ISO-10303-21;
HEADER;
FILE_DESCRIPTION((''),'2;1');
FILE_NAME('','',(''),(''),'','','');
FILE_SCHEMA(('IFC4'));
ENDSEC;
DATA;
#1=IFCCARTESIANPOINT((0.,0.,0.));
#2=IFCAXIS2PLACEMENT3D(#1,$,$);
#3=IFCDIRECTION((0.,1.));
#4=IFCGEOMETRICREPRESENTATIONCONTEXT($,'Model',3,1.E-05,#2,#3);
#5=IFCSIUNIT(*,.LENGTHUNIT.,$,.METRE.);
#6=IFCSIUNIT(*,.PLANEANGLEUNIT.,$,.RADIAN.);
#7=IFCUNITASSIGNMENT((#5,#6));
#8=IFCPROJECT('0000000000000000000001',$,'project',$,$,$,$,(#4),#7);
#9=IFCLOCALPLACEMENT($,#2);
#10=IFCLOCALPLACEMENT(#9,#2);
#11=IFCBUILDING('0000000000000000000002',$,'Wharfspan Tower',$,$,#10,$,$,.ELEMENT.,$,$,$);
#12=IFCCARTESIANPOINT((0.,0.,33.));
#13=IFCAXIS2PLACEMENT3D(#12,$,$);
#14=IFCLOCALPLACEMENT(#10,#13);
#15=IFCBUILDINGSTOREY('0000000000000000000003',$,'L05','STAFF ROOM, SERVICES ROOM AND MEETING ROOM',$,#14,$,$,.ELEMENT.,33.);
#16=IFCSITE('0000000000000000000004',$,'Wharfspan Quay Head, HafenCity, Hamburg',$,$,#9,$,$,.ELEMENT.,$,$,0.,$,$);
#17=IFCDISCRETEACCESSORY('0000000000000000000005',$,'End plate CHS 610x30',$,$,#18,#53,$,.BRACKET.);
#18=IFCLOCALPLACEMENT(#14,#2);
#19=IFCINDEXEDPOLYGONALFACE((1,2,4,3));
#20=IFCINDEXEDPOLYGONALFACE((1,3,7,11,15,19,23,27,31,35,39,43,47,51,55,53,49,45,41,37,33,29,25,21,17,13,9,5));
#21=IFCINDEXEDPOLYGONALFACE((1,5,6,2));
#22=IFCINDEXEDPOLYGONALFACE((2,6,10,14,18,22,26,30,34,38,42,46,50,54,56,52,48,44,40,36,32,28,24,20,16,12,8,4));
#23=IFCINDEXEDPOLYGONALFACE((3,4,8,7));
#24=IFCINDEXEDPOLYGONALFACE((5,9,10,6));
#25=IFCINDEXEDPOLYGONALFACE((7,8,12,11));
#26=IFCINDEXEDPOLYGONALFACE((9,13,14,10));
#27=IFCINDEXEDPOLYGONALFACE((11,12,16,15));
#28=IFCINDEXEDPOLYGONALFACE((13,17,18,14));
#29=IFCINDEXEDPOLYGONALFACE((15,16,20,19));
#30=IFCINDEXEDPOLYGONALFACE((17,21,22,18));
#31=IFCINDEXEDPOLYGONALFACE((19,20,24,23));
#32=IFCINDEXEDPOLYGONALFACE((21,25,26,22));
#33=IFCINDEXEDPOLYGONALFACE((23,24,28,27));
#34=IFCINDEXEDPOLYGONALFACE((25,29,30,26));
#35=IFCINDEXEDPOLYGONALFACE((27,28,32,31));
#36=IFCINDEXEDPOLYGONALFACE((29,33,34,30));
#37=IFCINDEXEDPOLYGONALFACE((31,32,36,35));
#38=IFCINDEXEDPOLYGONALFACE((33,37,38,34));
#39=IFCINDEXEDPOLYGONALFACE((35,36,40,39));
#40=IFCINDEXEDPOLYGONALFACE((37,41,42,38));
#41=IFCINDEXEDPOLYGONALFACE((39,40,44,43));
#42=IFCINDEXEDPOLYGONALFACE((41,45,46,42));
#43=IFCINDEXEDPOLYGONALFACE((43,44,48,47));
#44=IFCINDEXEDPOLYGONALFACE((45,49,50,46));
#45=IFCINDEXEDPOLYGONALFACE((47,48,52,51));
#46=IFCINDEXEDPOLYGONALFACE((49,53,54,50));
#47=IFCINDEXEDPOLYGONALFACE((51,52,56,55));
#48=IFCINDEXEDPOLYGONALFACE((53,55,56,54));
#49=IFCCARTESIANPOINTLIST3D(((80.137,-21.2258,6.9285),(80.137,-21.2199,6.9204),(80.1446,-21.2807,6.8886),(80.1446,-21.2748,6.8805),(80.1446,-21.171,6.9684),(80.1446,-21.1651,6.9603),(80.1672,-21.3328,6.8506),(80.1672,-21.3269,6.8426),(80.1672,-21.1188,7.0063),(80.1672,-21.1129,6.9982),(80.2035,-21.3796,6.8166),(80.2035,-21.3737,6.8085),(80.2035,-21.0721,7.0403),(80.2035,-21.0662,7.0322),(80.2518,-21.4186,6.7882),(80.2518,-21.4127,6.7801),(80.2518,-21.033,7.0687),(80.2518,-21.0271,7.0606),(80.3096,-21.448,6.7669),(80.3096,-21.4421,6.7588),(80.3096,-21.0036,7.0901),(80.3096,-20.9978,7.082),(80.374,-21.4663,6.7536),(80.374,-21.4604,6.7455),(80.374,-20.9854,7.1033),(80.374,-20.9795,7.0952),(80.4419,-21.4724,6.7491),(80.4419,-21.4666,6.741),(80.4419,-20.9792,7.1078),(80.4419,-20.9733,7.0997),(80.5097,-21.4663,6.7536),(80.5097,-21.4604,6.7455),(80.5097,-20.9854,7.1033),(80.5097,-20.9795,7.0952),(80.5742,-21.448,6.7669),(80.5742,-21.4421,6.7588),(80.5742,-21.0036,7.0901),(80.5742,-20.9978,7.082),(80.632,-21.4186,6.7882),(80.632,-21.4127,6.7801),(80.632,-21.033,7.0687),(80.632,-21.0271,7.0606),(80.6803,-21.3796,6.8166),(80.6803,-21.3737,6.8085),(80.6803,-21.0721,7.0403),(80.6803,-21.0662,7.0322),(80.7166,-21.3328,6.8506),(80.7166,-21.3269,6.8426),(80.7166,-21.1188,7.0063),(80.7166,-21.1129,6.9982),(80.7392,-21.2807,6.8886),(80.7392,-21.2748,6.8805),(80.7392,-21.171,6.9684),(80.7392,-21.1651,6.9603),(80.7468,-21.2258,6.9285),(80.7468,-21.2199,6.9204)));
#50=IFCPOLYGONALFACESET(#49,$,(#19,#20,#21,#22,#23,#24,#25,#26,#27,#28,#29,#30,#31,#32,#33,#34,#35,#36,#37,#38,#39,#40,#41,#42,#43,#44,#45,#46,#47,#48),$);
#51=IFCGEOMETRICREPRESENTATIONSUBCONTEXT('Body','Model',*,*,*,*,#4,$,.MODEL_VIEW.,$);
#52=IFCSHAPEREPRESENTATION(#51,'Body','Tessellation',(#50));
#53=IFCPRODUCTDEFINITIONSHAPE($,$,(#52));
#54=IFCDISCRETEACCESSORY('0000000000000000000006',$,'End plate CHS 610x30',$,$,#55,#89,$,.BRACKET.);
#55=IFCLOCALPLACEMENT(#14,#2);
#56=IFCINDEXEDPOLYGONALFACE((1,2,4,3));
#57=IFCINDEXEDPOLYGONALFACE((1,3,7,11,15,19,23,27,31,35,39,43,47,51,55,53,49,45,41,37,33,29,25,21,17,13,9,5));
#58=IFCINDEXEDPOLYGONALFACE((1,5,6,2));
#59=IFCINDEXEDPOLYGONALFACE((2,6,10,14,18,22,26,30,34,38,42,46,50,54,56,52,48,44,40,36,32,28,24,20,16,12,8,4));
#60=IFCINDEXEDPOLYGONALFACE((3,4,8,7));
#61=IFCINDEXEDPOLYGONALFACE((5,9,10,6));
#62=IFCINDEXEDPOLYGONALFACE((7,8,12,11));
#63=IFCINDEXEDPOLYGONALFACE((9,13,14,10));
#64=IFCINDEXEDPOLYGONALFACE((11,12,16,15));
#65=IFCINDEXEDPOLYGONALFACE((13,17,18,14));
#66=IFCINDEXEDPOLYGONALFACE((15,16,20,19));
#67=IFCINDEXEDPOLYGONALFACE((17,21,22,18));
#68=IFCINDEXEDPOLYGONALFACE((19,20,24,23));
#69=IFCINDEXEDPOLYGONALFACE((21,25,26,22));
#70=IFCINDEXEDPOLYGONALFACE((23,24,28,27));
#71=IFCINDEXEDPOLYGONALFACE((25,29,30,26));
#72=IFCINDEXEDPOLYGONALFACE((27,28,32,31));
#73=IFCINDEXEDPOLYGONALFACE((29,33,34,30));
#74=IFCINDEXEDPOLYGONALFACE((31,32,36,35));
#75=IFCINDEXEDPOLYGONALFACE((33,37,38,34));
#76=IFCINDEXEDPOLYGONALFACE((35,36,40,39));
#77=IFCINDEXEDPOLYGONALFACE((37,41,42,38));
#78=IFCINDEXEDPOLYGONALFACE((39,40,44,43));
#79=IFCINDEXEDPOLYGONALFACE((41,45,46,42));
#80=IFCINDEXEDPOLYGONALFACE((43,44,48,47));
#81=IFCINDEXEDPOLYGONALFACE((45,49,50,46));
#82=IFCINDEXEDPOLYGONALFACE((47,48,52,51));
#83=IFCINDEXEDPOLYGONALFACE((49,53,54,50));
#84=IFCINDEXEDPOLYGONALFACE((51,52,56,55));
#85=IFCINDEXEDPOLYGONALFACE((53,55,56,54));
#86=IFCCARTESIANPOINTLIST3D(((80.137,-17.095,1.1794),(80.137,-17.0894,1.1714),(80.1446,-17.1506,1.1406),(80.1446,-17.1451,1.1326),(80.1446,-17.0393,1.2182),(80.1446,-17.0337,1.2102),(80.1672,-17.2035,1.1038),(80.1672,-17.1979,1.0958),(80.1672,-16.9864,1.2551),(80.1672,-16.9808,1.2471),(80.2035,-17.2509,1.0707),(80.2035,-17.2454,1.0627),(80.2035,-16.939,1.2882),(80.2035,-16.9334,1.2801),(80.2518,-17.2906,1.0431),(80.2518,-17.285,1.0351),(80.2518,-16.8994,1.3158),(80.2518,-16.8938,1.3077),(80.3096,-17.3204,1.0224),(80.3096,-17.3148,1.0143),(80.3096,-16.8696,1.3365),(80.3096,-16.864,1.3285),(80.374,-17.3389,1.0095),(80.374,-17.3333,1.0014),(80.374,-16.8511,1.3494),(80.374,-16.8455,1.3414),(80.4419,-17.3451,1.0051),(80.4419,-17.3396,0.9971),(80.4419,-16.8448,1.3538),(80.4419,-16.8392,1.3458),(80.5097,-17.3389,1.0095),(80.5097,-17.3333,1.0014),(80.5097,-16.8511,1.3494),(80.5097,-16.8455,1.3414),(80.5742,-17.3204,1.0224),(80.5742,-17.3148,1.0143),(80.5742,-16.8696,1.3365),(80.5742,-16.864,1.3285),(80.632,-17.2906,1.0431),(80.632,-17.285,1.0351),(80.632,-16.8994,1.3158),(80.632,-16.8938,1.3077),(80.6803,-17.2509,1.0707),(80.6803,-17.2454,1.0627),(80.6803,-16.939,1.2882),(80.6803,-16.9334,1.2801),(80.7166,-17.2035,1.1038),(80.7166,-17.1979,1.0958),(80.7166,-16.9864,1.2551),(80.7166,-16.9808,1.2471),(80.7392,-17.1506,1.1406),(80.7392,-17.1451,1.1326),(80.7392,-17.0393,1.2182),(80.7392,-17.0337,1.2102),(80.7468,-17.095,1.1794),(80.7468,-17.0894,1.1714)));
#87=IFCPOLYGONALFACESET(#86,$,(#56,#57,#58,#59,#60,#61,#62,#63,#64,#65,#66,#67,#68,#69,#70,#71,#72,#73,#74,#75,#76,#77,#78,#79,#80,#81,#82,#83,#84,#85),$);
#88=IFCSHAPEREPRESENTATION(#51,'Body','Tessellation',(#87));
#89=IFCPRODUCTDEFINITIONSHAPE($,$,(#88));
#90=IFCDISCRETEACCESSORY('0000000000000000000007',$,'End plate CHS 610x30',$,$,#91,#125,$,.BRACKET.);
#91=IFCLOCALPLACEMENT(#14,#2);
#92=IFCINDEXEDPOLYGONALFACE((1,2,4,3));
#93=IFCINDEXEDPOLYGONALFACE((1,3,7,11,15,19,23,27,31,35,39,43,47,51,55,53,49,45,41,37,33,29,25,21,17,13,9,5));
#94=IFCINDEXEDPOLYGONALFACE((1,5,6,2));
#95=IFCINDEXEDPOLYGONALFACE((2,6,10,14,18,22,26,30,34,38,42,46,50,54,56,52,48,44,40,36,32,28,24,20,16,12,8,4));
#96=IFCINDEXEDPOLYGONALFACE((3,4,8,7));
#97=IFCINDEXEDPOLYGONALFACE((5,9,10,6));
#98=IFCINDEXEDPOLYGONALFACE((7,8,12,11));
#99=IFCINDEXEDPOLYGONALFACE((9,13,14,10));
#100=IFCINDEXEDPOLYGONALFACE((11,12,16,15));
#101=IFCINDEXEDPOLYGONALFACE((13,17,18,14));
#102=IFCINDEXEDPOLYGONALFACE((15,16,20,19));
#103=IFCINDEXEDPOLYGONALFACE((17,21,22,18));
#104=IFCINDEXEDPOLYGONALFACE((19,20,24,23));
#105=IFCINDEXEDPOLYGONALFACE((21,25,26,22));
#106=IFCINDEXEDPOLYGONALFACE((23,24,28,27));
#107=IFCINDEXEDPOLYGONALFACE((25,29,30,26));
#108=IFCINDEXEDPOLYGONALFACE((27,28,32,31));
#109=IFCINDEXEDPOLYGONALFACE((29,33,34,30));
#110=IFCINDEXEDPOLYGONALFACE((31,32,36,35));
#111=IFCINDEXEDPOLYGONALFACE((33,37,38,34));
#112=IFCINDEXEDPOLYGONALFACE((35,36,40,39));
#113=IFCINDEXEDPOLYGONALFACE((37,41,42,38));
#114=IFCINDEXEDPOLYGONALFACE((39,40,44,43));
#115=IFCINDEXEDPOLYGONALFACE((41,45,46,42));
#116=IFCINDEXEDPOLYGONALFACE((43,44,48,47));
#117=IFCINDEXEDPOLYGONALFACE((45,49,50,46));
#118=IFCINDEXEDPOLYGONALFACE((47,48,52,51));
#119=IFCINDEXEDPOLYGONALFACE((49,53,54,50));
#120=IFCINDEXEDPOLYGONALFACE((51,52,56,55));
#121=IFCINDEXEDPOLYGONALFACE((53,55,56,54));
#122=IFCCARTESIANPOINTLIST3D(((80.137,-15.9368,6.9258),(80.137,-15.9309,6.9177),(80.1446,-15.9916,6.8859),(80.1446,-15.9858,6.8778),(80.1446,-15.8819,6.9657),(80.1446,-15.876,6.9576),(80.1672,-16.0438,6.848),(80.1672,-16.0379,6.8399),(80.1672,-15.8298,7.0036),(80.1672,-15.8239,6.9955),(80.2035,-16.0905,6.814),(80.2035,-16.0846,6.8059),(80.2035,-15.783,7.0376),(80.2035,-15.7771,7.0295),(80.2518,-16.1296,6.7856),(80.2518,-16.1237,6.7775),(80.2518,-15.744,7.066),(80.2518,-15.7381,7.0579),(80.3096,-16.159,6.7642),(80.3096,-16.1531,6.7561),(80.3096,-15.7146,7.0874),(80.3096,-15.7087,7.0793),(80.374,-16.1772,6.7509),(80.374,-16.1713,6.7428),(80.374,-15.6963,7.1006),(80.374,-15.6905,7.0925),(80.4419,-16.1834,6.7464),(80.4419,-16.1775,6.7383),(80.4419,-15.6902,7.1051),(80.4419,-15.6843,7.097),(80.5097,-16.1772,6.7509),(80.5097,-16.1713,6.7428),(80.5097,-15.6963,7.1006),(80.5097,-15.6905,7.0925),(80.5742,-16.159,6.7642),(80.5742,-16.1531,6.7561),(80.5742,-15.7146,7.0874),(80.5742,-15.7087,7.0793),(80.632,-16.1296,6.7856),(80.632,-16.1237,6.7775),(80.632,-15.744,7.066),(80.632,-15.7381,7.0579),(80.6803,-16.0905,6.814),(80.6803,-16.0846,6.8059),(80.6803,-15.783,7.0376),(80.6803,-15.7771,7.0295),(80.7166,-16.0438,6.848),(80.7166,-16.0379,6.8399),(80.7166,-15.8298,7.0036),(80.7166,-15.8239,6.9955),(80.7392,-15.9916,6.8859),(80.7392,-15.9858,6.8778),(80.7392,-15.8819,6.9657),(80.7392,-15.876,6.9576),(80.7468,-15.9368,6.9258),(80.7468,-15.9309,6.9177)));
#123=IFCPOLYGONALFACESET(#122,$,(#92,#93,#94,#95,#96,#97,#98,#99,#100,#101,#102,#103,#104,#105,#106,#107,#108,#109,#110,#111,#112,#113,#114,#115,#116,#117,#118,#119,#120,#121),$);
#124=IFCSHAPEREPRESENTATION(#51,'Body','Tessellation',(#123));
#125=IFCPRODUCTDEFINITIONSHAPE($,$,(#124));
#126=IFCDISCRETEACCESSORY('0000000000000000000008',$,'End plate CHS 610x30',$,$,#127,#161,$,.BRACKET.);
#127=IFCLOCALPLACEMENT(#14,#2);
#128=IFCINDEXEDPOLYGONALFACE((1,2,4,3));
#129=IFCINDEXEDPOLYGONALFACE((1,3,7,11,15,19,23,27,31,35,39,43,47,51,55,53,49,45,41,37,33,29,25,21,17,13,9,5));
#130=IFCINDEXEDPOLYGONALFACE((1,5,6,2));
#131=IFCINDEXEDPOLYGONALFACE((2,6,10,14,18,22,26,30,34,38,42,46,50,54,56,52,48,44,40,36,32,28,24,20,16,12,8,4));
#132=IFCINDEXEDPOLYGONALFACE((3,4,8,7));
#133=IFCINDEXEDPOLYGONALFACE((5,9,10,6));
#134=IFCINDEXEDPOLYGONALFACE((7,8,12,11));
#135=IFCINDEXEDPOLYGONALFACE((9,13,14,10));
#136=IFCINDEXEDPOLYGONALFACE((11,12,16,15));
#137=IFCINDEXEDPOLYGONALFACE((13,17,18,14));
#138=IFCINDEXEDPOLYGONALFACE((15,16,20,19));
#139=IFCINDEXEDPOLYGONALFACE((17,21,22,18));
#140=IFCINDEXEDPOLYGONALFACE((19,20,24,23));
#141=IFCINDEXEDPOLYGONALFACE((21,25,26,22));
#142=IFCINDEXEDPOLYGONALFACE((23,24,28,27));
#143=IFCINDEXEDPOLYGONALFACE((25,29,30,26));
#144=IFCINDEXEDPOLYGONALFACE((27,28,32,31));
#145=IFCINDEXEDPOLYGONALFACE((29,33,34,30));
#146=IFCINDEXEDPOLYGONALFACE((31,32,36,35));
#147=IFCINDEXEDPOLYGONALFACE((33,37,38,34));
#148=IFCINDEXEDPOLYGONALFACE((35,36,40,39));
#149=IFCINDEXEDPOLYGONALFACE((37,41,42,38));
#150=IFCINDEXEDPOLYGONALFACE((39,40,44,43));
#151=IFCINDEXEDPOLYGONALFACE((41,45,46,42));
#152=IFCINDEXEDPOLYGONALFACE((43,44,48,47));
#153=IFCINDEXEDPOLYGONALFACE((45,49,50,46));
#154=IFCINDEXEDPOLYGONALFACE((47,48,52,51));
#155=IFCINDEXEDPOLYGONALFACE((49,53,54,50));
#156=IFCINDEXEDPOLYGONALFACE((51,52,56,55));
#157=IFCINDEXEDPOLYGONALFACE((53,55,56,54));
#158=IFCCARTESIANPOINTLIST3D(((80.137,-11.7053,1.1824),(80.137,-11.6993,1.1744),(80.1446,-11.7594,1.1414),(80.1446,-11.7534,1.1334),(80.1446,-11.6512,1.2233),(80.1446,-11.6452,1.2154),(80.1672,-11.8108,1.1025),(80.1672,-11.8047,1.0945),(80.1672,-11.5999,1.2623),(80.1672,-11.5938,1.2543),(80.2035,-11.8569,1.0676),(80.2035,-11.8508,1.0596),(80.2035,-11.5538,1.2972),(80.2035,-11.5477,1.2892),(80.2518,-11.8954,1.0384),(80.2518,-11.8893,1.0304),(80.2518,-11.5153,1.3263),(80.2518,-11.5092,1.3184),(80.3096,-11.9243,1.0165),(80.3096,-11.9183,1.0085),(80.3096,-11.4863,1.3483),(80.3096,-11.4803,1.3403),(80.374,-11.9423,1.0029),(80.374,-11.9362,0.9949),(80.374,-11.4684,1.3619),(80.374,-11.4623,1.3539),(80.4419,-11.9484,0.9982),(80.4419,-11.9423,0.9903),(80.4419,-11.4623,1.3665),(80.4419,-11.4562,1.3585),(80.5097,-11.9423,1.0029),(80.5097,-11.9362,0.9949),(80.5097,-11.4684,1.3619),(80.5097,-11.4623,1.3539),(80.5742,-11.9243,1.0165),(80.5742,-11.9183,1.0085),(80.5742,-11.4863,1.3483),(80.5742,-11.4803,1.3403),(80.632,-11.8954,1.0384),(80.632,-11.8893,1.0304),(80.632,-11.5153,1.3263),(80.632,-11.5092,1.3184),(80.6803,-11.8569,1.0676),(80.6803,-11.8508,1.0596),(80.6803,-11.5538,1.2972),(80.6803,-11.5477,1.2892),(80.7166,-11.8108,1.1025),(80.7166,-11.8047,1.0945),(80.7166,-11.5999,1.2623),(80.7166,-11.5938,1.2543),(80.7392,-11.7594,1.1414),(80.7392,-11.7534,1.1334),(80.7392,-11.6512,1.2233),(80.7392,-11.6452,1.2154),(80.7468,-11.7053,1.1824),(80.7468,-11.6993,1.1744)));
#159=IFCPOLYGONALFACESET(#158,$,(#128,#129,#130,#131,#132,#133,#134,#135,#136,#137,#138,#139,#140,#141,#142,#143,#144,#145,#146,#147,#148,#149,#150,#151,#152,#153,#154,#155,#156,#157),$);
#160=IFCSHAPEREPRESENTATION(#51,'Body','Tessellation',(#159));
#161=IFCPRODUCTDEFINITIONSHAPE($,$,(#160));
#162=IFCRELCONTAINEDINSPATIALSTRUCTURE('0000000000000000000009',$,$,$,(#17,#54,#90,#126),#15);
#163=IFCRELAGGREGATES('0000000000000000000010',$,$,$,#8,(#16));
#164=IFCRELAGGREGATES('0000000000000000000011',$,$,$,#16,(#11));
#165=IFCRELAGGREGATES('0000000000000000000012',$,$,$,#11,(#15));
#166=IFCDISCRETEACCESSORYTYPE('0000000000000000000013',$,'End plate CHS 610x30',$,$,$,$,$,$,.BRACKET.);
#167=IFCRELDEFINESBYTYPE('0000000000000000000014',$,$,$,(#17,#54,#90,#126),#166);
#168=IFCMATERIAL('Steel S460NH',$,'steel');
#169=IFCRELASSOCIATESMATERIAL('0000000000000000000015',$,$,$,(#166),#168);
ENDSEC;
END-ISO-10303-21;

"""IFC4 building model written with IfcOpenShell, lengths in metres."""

from ifc_helpers import new_model, si_unit, direction, frame, origin, origin_2d, place, context, subcontext, project, spatial, circle, extrude, material, material_profile, profile_set, type_object, element, save


model = new_model("IFC4")

# Units and contexts
model_context = context("Model", 3, precision=1e-05, world=origin(), true_north=direction((0.0, 1.0)))
body_context = subcontext(model_context, "Body", "Model", "MODEL_VIEW")
ifc_project = project(units=[si_unit("LENGTHUNIT", "METRE"), si_unit("PLANEANGLEUNIT", "RADIAN")], contexts=[model_context])

# Site, building, storey
site_placement = place(None, origin())
site = spatial("IfcSite", under=ifc_project, at=site_placement, Name="Wharfspan Quay Head, HafenCity, Hamburg", CompositionType="ELEMENT", RefElevation=0.0)
building_placement = place(site_placement, origin())
building = spatial("IfcBuilding", under=site, at=building_placement, Name="Wharfspan Tower", CompositionType="ELEMENT")
storey_placement = place(building_placement, frame((0.0, 0.0, 33.0)))
storey = spatial("IfcBuildingStorey", under=building, at=storey_placement, Name="L05", Description="STAFF ROOM, SERVICES ROOM AND MEETING ROOM", CompositionType="ELEMENT", Elevation=33.0)

# Shared definitions
ifc_material_1 = material(Name="Steel S460NH", Category="steel")

# Discrete accessories
ifc_material_profile_1 = material_profile(ifc_material_1, circle(Radius=0.3049, at=origin_2d()))
ifc_profile_set_1 = profile_set([ifc_material_profile_1], Name="Steel S460NH")
discrete_accessory_type = type_object("IfcDiscreteAccessoryType", Name="End plate CHS 610x30", PredefinedType="BRACKET", material=ifc_profile_set_1)
discrete_accessory_1_placement = place(storey_placement, frame((80.4419, -21.2258, 6.9285), z_axis=(0.0, 0.588172, -0.808736), x_axis=(-1.0, 0.0, 0.0)))
element("IfcDiscreteAccessory", 1, at=discrete_accessory_1_placement, inside=storey, type_object=discrete_accessory_type, Name="End plate CHS 610x30", PredefinedType="BRACKET", context=body_context, shape_type="SweptSolid", body=[
    extrude(circle(Radius=0.3049, at=origin_2d()), origin(), (0.0, 0.0, 1.0), 0.01),
])
discrete_accessory_2_placement = place(storey_placement, frame((80.4419, -17.095, 1.1794), z_axis=(0.0, 0.571793, -0.820398), x_axis=(-1.0, 0.0, 0.0)))
element("IfcDiscreteAccessory", 2, at=discrete_accessory_2_placement, inside=storey, type_object=discrete_accessory_type, Name="End plate CHS 610x30", PredefinedType="BRACKET", context=body_context, shape_type="SweptSolid", body=[
    extrude(circle(Radius=0.3049, at=origin_2d()), origin(), (0.0, 0.0, 1.0), 0.0098),
])
for number, where, z_axis, x_axis, name in (
    (3, (80.4419, -15.9368, 6.9258), (0.0, 0.588172, -0.808736), (-1.0, 0.0, 0.0), "End plate CHS 610x30"),
    (4, (80.4419, -11.7053, 1.1824), (0.0, 0.603858, -0.797092), (-1.0, 0.0, 0.0), "End plate CHS 610x30"),
):
    element("IfcDiscreteAccessory", number, at=place(storey_placement, frame(where, z_axis=z_axis, x_axis=x_axis)), inside=storey, type_object=discrete_accessory_type, Name=name, PredefinedType="BRACKET", context=body_context, shape_type="SweptSolid", body=[
        extrude(circle(Radius=0.3049, at=origin_2d()), origin(), (0.0, 0.0, 1.0), 0.01),
    ])

save(model, "model.ifc")
